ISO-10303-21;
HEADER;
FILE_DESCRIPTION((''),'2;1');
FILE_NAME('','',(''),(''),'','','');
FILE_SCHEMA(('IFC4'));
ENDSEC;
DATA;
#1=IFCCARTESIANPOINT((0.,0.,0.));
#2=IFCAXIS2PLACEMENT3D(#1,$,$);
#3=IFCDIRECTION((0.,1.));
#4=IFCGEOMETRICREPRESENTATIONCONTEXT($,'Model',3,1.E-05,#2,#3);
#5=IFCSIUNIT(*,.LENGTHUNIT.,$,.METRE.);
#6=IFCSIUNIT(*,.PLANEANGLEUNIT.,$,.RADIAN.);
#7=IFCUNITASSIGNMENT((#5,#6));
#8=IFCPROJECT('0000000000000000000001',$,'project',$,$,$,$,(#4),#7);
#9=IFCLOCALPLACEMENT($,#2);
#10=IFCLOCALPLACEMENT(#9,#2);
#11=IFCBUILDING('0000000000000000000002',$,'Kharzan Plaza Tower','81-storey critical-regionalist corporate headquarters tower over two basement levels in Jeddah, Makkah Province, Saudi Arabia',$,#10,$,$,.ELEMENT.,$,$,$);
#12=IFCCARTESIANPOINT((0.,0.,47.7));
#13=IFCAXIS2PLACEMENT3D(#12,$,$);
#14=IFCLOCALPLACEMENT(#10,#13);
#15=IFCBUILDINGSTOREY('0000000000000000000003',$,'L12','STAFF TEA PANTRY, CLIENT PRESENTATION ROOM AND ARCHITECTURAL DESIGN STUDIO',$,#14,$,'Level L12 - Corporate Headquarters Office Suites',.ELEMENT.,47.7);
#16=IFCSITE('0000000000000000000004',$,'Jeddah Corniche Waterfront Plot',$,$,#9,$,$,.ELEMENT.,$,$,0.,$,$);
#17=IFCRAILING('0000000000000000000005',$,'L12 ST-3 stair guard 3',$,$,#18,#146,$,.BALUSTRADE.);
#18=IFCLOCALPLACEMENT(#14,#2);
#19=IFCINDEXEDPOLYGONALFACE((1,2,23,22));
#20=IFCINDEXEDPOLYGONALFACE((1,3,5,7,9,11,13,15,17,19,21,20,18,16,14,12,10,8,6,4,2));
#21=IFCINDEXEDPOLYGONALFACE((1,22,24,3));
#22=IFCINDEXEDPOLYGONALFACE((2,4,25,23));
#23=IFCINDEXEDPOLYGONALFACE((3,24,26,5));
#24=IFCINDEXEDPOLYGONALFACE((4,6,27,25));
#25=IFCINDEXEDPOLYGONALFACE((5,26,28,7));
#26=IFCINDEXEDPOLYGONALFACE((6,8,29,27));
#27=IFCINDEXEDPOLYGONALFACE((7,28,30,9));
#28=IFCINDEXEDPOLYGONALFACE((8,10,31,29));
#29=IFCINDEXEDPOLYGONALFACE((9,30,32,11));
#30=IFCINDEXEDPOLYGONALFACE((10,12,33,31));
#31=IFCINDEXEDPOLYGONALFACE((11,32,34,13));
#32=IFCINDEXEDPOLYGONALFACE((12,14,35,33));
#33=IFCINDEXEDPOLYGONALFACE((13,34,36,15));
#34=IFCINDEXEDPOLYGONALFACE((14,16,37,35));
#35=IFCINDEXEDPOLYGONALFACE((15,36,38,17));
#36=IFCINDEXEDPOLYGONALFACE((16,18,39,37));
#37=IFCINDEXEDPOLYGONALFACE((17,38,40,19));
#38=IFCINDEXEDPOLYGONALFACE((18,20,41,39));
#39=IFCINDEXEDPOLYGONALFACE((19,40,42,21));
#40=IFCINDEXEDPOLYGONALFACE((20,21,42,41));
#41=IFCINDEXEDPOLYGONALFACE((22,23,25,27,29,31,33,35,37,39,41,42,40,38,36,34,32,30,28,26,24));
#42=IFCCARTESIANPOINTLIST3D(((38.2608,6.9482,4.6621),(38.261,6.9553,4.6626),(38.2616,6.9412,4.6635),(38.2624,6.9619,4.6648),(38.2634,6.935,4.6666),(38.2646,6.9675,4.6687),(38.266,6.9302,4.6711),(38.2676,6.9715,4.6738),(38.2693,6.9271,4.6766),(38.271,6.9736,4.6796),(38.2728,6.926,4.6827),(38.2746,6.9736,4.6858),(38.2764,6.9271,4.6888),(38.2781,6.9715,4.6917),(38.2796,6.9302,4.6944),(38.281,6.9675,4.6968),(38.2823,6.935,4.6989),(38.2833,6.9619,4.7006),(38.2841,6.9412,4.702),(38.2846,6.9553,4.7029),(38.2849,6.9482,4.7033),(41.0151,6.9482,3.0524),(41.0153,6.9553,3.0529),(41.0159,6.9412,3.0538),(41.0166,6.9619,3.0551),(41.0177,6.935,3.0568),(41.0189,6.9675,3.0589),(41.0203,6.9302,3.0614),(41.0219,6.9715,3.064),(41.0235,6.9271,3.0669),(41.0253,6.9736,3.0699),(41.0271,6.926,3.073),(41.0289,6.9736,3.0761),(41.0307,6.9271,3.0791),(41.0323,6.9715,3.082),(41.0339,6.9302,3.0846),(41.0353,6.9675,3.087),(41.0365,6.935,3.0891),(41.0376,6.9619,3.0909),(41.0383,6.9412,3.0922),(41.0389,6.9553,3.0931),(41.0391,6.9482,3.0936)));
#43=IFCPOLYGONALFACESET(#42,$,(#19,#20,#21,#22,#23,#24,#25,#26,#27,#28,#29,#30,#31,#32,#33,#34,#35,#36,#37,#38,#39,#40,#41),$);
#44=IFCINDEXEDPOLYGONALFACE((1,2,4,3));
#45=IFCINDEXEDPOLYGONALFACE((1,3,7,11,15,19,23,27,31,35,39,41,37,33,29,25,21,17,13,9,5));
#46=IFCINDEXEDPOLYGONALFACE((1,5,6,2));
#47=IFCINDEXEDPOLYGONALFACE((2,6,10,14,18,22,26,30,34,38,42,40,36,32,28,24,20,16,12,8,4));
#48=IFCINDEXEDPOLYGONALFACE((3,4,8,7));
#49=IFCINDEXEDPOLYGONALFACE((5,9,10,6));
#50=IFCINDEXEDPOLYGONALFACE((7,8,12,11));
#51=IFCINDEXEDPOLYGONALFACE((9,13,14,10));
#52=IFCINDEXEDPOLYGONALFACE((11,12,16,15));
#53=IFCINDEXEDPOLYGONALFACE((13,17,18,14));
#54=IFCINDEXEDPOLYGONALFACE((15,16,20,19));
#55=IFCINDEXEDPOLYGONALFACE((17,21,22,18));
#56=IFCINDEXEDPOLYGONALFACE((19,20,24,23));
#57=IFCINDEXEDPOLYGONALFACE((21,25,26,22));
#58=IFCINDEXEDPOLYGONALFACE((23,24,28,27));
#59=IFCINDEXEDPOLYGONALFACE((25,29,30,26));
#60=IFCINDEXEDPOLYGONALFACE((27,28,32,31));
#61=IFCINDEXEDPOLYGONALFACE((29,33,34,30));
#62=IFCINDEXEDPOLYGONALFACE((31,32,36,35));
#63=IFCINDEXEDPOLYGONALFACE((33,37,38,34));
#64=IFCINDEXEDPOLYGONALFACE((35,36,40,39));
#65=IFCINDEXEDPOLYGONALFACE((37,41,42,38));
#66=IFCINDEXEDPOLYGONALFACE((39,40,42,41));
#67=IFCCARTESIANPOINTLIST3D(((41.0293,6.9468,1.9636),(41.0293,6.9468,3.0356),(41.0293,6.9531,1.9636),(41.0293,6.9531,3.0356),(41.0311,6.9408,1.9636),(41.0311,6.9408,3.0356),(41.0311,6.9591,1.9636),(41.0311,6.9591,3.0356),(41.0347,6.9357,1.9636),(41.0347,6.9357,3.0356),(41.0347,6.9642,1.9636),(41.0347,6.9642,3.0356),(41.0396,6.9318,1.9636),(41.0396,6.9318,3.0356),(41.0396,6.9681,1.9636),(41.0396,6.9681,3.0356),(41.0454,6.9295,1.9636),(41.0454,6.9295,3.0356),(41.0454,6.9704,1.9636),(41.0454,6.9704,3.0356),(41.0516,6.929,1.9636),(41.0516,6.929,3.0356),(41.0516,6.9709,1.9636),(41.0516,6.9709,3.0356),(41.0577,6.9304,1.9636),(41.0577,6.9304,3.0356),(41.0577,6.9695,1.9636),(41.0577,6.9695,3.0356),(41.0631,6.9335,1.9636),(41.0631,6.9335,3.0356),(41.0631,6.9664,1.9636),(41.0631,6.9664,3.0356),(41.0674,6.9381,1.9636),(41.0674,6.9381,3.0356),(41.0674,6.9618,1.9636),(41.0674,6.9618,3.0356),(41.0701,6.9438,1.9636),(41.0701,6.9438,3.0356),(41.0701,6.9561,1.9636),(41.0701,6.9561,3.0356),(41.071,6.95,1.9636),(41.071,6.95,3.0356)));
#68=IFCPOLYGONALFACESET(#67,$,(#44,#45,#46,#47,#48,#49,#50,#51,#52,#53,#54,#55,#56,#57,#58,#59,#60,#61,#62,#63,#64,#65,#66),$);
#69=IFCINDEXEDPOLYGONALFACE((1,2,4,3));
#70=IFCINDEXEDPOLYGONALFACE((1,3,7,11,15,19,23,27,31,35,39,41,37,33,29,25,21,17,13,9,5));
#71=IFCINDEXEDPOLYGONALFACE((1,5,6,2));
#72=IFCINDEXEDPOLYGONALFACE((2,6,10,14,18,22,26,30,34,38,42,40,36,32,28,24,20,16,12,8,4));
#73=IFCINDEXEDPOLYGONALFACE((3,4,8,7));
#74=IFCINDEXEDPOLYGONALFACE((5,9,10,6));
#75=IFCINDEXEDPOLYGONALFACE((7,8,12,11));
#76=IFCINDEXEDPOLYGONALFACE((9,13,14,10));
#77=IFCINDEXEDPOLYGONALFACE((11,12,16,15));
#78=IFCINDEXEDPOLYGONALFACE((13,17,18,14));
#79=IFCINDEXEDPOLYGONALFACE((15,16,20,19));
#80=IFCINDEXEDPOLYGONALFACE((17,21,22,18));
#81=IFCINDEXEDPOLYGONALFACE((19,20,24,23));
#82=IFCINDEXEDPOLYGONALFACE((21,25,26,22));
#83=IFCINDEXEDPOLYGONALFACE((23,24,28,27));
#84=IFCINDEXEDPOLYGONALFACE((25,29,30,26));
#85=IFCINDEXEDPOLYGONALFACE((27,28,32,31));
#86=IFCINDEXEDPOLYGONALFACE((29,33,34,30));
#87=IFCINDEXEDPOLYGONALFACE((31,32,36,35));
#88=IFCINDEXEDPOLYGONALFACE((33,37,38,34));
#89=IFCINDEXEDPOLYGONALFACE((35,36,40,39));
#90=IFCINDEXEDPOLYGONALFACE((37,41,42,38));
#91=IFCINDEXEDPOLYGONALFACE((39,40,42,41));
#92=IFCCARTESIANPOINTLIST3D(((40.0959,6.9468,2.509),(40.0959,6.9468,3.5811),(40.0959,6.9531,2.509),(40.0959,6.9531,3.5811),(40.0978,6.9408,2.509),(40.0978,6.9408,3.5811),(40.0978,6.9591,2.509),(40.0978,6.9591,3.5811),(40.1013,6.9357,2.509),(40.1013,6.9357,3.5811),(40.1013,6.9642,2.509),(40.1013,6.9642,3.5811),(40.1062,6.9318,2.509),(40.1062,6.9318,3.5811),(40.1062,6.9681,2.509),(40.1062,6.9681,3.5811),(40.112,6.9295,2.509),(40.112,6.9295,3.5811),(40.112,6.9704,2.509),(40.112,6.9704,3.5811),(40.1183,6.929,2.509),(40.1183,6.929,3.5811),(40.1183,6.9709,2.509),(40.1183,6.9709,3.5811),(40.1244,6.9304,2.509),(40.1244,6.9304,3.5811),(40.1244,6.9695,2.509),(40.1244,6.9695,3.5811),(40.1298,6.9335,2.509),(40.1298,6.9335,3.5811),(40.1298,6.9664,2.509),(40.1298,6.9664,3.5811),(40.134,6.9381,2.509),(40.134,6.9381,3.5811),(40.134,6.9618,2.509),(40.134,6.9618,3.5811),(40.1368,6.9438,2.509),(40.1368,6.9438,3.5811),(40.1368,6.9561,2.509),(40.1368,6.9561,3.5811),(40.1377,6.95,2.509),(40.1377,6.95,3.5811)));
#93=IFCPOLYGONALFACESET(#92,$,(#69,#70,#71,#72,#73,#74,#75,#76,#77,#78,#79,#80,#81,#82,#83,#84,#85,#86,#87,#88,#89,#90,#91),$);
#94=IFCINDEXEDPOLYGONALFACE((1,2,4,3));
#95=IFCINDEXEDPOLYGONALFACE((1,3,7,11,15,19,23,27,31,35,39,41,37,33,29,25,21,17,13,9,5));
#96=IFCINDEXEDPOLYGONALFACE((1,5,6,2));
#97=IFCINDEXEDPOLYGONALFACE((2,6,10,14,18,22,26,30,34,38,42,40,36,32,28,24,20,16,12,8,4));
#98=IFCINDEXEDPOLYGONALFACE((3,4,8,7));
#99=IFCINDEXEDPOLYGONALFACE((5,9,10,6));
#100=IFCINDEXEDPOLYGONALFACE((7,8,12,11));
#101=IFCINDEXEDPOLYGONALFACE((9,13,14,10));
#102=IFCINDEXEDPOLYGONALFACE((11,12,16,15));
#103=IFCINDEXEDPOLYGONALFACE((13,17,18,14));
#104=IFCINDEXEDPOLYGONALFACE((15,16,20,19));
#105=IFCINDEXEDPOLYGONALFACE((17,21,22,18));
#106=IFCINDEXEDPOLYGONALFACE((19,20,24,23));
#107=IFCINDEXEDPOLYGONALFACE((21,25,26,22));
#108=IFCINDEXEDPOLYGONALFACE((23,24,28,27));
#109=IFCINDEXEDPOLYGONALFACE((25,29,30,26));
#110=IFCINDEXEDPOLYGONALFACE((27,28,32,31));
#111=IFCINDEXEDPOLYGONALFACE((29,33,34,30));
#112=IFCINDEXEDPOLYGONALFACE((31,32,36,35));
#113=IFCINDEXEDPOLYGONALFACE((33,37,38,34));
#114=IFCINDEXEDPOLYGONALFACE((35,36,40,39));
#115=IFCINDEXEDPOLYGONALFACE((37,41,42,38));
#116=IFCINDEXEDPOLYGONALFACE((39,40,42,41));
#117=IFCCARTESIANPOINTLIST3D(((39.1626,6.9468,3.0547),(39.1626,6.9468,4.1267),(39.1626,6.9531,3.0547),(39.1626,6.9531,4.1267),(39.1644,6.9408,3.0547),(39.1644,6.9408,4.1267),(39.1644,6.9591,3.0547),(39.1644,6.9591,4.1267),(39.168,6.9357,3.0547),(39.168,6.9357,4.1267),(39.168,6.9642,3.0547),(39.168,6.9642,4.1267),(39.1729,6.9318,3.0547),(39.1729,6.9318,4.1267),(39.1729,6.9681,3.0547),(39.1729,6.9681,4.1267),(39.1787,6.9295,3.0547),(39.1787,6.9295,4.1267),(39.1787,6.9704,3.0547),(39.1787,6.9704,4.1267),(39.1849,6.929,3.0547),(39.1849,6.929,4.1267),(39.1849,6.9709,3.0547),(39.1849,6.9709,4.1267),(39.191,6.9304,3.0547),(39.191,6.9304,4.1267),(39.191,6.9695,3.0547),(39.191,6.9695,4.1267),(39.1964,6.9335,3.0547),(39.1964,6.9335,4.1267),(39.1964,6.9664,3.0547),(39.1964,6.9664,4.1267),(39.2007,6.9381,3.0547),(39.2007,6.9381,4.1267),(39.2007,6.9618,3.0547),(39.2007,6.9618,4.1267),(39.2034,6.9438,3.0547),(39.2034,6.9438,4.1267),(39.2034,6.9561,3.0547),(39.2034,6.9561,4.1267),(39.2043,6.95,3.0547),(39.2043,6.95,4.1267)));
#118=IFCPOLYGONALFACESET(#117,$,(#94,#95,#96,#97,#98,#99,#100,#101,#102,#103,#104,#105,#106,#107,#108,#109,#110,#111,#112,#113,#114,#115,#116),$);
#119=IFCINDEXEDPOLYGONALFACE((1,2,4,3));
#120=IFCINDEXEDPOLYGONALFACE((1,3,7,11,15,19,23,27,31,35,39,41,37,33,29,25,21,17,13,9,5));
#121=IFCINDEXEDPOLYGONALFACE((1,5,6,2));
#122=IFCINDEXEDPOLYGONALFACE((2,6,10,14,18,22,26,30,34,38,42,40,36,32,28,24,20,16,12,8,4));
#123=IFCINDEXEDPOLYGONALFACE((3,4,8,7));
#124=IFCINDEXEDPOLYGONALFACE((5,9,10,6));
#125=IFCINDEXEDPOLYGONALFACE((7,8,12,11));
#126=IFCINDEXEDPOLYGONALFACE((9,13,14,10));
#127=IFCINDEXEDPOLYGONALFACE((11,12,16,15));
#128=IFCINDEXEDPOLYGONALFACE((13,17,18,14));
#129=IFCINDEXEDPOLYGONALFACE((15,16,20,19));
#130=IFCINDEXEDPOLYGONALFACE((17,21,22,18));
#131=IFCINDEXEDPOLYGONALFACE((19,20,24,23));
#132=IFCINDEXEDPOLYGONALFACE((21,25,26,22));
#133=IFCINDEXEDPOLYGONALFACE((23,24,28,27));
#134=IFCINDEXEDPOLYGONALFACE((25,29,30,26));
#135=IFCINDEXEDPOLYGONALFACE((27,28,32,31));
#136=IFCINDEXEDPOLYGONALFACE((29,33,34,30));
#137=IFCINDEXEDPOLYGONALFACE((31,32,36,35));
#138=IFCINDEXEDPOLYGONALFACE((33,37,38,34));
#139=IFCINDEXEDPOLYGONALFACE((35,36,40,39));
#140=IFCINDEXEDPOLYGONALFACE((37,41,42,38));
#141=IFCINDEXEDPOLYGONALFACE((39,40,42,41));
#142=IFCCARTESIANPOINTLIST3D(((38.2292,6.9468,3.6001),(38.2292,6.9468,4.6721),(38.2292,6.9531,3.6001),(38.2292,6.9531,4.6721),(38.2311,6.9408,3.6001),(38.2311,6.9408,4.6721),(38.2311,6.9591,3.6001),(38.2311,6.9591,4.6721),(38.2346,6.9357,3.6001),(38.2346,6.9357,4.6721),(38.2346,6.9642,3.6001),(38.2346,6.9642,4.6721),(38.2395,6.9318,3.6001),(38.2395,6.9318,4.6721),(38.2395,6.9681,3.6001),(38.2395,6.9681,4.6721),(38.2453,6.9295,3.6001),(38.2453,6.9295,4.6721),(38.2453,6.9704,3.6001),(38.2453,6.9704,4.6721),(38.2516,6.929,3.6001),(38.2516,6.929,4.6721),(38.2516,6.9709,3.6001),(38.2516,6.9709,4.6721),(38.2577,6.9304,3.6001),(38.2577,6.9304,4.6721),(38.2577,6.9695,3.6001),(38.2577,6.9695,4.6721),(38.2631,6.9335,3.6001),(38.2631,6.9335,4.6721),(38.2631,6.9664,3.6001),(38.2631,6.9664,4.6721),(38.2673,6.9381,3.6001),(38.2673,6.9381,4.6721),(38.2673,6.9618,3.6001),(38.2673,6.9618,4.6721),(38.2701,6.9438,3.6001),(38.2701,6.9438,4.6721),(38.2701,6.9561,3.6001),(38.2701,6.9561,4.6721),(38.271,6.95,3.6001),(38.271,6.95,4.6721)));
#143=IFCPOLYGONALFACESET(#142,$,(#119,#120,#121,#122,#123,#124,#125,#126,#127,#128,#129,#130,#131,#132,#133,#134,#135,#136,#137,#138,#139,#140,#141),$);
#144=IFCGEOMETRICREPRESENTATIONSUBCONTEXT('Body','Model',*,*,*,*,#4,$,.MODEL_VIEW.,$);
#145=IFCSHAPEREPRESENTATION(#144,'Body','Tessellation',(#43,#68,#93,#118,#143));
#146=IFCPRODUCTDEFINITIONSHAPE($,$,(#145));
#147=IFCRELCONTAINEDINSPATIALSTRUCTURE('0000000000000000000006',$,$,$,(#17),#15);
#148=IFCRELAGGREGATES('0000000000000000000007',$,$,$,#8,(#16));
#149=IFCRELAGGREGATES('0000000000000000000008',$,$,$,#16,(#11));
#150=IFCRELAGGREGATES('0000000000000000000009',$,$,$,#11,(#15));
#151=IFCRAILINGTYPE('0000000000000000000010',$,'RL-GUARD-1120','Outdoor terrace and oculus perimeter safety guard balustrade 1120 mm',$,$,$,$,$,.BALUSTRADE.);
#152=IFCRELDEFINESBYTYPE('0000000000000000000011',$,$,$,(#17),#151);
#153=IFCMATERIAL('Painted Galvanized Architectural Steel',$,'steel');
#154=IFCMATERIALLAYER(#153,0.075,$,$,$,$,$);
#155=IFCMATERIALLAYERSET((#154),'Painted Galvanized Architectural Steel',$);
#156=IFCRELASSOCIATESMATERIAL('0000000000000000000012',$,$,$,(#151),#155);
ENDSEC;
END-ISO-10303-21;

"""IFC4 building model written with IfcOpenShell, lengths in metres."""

from ifc_helpers import new_model, si_unit, direction, frame, origin, origin_2d, place, context, subcontext, project, spatial, circle, extrude, source, transform, mapped, material, layer, layer_set, type_object, element, save


model = new_model("IFC4")

# Units and contexts
model_context = context("Model", 3, precision=1e-05, world=origin(), true_north=direction((0.0, 1.0)))
body_context = subcontext(model_context, "Body", "Model", "MODEL_VIEW")
ifc_project = project(units=[si_unit("LENGTHUNIT", "METRE"), si_unit("PLANEANGLEUNIT", "RADIAN")], contexts=[model_context])

# Site, building, storey
site_placement = place(None, origin())
site = spatial("IfcSite", under=ifc_project, at=site_placement, Name="Jeddah Corniche Waterfront Plot", CompositionType="ELEMENT", RefElevation=0.0)
building_placement = place(site_placement, origin())
building = spatial("IfcBuilding", under=site, at=building_placement, Name="Kharzan Plaza Tower", Description="81-storey critical-regionalist corporate headquarters tower over two basement levels in Jeddah, Makkah Province, Saudi Arabia", CompositionType="ELEMENT")
storey_placement = place(building_placement, frame((0.0, 0.0, 47.7)))
storey = spatial("IfcBuildingStorey", under=building, at=storey_placement, Name="L12", Description="STAFF TEA PANTRY, CLIENT PRESENTATION ROOM AND ARCHITECTURAL DESIGN STUDIO", LongName="Level L12 - Corporate Headquarters Office Suites", CompositionType="ELEMENT", Elevation=47.7)

# Railing
ifc_material_1 = material(Name="Painted Galvanized Architectural Steel", Category="steel")
ifc_layer_1 = layer(ifc_material_1, 0.075)
ifc_layer_set_1 = layer_set([ifc_layer_1], Name="Painted Galvanized Architectural Steel")
railing_type_1 = type_object("IfcRailingType", Name="RL-GUARD-1120", Description="Outdoor terrace and oculus perimeter safety guard balustrade 1120 mm", PredefinedType="BALUSTRADE", material=ifc_layer_set_1)
shared_shape_1 = source(origin(), body_context, "Body", "SweptSolid", [
    extrude(circle(Radius=0.0239, at=origin_2d()), frame((-0.0229, 0.0, 1.1094), z_axis=(-0.863361, 0.0, 0.504587), x_axis=(0.0, -1.0, 0.0)), (0.0, 0.0, 1.0), 3.1902),
    extrude(circle(Radius=0.021, at=origin_2d()), origin(), (0.0, 0.0, 1.0), 1.072),
    extrude(circle(Radius=0.021, at=origin_2d()), frame((-0.9333, 0.0, 0.5454)), (0.0, 0.0, 1.0), 1.072),
    extrude(circle(Radius=0.021, at=origin_2d()), frame((-1.8667, 0.0, 1.0911)), (0.0, 0.0, 1.0), 1.072),
    extrude(circle(Radius=0.021, at=origin_2d()), frame((-2.8, 0.0, 1.6365)), (0.0, 0.0, 1.0), 1.072),
])
railing_1_placement = place(storey_placement, frame((41.05, 6.95, 1.9636)))
element("IfcRailing", 1, at=railing_1_placement, inside=storey, type_object=railing_type_1, Name="L12 ST-3 stair guard 3", PredefinedType="BALUSTRADE", context=body_context, shape_type="MappedRepresentation", body=[
    mapped(shared_shape_1, transform((0.0, 0.0, 0.0), x_axis=(1.0, 0.0, 0.0), y_axis=(0.0, 1.0, 0.0), z_axis=(0.0, 0.0, 1.0))),
])

save(model, "model.ifc")
